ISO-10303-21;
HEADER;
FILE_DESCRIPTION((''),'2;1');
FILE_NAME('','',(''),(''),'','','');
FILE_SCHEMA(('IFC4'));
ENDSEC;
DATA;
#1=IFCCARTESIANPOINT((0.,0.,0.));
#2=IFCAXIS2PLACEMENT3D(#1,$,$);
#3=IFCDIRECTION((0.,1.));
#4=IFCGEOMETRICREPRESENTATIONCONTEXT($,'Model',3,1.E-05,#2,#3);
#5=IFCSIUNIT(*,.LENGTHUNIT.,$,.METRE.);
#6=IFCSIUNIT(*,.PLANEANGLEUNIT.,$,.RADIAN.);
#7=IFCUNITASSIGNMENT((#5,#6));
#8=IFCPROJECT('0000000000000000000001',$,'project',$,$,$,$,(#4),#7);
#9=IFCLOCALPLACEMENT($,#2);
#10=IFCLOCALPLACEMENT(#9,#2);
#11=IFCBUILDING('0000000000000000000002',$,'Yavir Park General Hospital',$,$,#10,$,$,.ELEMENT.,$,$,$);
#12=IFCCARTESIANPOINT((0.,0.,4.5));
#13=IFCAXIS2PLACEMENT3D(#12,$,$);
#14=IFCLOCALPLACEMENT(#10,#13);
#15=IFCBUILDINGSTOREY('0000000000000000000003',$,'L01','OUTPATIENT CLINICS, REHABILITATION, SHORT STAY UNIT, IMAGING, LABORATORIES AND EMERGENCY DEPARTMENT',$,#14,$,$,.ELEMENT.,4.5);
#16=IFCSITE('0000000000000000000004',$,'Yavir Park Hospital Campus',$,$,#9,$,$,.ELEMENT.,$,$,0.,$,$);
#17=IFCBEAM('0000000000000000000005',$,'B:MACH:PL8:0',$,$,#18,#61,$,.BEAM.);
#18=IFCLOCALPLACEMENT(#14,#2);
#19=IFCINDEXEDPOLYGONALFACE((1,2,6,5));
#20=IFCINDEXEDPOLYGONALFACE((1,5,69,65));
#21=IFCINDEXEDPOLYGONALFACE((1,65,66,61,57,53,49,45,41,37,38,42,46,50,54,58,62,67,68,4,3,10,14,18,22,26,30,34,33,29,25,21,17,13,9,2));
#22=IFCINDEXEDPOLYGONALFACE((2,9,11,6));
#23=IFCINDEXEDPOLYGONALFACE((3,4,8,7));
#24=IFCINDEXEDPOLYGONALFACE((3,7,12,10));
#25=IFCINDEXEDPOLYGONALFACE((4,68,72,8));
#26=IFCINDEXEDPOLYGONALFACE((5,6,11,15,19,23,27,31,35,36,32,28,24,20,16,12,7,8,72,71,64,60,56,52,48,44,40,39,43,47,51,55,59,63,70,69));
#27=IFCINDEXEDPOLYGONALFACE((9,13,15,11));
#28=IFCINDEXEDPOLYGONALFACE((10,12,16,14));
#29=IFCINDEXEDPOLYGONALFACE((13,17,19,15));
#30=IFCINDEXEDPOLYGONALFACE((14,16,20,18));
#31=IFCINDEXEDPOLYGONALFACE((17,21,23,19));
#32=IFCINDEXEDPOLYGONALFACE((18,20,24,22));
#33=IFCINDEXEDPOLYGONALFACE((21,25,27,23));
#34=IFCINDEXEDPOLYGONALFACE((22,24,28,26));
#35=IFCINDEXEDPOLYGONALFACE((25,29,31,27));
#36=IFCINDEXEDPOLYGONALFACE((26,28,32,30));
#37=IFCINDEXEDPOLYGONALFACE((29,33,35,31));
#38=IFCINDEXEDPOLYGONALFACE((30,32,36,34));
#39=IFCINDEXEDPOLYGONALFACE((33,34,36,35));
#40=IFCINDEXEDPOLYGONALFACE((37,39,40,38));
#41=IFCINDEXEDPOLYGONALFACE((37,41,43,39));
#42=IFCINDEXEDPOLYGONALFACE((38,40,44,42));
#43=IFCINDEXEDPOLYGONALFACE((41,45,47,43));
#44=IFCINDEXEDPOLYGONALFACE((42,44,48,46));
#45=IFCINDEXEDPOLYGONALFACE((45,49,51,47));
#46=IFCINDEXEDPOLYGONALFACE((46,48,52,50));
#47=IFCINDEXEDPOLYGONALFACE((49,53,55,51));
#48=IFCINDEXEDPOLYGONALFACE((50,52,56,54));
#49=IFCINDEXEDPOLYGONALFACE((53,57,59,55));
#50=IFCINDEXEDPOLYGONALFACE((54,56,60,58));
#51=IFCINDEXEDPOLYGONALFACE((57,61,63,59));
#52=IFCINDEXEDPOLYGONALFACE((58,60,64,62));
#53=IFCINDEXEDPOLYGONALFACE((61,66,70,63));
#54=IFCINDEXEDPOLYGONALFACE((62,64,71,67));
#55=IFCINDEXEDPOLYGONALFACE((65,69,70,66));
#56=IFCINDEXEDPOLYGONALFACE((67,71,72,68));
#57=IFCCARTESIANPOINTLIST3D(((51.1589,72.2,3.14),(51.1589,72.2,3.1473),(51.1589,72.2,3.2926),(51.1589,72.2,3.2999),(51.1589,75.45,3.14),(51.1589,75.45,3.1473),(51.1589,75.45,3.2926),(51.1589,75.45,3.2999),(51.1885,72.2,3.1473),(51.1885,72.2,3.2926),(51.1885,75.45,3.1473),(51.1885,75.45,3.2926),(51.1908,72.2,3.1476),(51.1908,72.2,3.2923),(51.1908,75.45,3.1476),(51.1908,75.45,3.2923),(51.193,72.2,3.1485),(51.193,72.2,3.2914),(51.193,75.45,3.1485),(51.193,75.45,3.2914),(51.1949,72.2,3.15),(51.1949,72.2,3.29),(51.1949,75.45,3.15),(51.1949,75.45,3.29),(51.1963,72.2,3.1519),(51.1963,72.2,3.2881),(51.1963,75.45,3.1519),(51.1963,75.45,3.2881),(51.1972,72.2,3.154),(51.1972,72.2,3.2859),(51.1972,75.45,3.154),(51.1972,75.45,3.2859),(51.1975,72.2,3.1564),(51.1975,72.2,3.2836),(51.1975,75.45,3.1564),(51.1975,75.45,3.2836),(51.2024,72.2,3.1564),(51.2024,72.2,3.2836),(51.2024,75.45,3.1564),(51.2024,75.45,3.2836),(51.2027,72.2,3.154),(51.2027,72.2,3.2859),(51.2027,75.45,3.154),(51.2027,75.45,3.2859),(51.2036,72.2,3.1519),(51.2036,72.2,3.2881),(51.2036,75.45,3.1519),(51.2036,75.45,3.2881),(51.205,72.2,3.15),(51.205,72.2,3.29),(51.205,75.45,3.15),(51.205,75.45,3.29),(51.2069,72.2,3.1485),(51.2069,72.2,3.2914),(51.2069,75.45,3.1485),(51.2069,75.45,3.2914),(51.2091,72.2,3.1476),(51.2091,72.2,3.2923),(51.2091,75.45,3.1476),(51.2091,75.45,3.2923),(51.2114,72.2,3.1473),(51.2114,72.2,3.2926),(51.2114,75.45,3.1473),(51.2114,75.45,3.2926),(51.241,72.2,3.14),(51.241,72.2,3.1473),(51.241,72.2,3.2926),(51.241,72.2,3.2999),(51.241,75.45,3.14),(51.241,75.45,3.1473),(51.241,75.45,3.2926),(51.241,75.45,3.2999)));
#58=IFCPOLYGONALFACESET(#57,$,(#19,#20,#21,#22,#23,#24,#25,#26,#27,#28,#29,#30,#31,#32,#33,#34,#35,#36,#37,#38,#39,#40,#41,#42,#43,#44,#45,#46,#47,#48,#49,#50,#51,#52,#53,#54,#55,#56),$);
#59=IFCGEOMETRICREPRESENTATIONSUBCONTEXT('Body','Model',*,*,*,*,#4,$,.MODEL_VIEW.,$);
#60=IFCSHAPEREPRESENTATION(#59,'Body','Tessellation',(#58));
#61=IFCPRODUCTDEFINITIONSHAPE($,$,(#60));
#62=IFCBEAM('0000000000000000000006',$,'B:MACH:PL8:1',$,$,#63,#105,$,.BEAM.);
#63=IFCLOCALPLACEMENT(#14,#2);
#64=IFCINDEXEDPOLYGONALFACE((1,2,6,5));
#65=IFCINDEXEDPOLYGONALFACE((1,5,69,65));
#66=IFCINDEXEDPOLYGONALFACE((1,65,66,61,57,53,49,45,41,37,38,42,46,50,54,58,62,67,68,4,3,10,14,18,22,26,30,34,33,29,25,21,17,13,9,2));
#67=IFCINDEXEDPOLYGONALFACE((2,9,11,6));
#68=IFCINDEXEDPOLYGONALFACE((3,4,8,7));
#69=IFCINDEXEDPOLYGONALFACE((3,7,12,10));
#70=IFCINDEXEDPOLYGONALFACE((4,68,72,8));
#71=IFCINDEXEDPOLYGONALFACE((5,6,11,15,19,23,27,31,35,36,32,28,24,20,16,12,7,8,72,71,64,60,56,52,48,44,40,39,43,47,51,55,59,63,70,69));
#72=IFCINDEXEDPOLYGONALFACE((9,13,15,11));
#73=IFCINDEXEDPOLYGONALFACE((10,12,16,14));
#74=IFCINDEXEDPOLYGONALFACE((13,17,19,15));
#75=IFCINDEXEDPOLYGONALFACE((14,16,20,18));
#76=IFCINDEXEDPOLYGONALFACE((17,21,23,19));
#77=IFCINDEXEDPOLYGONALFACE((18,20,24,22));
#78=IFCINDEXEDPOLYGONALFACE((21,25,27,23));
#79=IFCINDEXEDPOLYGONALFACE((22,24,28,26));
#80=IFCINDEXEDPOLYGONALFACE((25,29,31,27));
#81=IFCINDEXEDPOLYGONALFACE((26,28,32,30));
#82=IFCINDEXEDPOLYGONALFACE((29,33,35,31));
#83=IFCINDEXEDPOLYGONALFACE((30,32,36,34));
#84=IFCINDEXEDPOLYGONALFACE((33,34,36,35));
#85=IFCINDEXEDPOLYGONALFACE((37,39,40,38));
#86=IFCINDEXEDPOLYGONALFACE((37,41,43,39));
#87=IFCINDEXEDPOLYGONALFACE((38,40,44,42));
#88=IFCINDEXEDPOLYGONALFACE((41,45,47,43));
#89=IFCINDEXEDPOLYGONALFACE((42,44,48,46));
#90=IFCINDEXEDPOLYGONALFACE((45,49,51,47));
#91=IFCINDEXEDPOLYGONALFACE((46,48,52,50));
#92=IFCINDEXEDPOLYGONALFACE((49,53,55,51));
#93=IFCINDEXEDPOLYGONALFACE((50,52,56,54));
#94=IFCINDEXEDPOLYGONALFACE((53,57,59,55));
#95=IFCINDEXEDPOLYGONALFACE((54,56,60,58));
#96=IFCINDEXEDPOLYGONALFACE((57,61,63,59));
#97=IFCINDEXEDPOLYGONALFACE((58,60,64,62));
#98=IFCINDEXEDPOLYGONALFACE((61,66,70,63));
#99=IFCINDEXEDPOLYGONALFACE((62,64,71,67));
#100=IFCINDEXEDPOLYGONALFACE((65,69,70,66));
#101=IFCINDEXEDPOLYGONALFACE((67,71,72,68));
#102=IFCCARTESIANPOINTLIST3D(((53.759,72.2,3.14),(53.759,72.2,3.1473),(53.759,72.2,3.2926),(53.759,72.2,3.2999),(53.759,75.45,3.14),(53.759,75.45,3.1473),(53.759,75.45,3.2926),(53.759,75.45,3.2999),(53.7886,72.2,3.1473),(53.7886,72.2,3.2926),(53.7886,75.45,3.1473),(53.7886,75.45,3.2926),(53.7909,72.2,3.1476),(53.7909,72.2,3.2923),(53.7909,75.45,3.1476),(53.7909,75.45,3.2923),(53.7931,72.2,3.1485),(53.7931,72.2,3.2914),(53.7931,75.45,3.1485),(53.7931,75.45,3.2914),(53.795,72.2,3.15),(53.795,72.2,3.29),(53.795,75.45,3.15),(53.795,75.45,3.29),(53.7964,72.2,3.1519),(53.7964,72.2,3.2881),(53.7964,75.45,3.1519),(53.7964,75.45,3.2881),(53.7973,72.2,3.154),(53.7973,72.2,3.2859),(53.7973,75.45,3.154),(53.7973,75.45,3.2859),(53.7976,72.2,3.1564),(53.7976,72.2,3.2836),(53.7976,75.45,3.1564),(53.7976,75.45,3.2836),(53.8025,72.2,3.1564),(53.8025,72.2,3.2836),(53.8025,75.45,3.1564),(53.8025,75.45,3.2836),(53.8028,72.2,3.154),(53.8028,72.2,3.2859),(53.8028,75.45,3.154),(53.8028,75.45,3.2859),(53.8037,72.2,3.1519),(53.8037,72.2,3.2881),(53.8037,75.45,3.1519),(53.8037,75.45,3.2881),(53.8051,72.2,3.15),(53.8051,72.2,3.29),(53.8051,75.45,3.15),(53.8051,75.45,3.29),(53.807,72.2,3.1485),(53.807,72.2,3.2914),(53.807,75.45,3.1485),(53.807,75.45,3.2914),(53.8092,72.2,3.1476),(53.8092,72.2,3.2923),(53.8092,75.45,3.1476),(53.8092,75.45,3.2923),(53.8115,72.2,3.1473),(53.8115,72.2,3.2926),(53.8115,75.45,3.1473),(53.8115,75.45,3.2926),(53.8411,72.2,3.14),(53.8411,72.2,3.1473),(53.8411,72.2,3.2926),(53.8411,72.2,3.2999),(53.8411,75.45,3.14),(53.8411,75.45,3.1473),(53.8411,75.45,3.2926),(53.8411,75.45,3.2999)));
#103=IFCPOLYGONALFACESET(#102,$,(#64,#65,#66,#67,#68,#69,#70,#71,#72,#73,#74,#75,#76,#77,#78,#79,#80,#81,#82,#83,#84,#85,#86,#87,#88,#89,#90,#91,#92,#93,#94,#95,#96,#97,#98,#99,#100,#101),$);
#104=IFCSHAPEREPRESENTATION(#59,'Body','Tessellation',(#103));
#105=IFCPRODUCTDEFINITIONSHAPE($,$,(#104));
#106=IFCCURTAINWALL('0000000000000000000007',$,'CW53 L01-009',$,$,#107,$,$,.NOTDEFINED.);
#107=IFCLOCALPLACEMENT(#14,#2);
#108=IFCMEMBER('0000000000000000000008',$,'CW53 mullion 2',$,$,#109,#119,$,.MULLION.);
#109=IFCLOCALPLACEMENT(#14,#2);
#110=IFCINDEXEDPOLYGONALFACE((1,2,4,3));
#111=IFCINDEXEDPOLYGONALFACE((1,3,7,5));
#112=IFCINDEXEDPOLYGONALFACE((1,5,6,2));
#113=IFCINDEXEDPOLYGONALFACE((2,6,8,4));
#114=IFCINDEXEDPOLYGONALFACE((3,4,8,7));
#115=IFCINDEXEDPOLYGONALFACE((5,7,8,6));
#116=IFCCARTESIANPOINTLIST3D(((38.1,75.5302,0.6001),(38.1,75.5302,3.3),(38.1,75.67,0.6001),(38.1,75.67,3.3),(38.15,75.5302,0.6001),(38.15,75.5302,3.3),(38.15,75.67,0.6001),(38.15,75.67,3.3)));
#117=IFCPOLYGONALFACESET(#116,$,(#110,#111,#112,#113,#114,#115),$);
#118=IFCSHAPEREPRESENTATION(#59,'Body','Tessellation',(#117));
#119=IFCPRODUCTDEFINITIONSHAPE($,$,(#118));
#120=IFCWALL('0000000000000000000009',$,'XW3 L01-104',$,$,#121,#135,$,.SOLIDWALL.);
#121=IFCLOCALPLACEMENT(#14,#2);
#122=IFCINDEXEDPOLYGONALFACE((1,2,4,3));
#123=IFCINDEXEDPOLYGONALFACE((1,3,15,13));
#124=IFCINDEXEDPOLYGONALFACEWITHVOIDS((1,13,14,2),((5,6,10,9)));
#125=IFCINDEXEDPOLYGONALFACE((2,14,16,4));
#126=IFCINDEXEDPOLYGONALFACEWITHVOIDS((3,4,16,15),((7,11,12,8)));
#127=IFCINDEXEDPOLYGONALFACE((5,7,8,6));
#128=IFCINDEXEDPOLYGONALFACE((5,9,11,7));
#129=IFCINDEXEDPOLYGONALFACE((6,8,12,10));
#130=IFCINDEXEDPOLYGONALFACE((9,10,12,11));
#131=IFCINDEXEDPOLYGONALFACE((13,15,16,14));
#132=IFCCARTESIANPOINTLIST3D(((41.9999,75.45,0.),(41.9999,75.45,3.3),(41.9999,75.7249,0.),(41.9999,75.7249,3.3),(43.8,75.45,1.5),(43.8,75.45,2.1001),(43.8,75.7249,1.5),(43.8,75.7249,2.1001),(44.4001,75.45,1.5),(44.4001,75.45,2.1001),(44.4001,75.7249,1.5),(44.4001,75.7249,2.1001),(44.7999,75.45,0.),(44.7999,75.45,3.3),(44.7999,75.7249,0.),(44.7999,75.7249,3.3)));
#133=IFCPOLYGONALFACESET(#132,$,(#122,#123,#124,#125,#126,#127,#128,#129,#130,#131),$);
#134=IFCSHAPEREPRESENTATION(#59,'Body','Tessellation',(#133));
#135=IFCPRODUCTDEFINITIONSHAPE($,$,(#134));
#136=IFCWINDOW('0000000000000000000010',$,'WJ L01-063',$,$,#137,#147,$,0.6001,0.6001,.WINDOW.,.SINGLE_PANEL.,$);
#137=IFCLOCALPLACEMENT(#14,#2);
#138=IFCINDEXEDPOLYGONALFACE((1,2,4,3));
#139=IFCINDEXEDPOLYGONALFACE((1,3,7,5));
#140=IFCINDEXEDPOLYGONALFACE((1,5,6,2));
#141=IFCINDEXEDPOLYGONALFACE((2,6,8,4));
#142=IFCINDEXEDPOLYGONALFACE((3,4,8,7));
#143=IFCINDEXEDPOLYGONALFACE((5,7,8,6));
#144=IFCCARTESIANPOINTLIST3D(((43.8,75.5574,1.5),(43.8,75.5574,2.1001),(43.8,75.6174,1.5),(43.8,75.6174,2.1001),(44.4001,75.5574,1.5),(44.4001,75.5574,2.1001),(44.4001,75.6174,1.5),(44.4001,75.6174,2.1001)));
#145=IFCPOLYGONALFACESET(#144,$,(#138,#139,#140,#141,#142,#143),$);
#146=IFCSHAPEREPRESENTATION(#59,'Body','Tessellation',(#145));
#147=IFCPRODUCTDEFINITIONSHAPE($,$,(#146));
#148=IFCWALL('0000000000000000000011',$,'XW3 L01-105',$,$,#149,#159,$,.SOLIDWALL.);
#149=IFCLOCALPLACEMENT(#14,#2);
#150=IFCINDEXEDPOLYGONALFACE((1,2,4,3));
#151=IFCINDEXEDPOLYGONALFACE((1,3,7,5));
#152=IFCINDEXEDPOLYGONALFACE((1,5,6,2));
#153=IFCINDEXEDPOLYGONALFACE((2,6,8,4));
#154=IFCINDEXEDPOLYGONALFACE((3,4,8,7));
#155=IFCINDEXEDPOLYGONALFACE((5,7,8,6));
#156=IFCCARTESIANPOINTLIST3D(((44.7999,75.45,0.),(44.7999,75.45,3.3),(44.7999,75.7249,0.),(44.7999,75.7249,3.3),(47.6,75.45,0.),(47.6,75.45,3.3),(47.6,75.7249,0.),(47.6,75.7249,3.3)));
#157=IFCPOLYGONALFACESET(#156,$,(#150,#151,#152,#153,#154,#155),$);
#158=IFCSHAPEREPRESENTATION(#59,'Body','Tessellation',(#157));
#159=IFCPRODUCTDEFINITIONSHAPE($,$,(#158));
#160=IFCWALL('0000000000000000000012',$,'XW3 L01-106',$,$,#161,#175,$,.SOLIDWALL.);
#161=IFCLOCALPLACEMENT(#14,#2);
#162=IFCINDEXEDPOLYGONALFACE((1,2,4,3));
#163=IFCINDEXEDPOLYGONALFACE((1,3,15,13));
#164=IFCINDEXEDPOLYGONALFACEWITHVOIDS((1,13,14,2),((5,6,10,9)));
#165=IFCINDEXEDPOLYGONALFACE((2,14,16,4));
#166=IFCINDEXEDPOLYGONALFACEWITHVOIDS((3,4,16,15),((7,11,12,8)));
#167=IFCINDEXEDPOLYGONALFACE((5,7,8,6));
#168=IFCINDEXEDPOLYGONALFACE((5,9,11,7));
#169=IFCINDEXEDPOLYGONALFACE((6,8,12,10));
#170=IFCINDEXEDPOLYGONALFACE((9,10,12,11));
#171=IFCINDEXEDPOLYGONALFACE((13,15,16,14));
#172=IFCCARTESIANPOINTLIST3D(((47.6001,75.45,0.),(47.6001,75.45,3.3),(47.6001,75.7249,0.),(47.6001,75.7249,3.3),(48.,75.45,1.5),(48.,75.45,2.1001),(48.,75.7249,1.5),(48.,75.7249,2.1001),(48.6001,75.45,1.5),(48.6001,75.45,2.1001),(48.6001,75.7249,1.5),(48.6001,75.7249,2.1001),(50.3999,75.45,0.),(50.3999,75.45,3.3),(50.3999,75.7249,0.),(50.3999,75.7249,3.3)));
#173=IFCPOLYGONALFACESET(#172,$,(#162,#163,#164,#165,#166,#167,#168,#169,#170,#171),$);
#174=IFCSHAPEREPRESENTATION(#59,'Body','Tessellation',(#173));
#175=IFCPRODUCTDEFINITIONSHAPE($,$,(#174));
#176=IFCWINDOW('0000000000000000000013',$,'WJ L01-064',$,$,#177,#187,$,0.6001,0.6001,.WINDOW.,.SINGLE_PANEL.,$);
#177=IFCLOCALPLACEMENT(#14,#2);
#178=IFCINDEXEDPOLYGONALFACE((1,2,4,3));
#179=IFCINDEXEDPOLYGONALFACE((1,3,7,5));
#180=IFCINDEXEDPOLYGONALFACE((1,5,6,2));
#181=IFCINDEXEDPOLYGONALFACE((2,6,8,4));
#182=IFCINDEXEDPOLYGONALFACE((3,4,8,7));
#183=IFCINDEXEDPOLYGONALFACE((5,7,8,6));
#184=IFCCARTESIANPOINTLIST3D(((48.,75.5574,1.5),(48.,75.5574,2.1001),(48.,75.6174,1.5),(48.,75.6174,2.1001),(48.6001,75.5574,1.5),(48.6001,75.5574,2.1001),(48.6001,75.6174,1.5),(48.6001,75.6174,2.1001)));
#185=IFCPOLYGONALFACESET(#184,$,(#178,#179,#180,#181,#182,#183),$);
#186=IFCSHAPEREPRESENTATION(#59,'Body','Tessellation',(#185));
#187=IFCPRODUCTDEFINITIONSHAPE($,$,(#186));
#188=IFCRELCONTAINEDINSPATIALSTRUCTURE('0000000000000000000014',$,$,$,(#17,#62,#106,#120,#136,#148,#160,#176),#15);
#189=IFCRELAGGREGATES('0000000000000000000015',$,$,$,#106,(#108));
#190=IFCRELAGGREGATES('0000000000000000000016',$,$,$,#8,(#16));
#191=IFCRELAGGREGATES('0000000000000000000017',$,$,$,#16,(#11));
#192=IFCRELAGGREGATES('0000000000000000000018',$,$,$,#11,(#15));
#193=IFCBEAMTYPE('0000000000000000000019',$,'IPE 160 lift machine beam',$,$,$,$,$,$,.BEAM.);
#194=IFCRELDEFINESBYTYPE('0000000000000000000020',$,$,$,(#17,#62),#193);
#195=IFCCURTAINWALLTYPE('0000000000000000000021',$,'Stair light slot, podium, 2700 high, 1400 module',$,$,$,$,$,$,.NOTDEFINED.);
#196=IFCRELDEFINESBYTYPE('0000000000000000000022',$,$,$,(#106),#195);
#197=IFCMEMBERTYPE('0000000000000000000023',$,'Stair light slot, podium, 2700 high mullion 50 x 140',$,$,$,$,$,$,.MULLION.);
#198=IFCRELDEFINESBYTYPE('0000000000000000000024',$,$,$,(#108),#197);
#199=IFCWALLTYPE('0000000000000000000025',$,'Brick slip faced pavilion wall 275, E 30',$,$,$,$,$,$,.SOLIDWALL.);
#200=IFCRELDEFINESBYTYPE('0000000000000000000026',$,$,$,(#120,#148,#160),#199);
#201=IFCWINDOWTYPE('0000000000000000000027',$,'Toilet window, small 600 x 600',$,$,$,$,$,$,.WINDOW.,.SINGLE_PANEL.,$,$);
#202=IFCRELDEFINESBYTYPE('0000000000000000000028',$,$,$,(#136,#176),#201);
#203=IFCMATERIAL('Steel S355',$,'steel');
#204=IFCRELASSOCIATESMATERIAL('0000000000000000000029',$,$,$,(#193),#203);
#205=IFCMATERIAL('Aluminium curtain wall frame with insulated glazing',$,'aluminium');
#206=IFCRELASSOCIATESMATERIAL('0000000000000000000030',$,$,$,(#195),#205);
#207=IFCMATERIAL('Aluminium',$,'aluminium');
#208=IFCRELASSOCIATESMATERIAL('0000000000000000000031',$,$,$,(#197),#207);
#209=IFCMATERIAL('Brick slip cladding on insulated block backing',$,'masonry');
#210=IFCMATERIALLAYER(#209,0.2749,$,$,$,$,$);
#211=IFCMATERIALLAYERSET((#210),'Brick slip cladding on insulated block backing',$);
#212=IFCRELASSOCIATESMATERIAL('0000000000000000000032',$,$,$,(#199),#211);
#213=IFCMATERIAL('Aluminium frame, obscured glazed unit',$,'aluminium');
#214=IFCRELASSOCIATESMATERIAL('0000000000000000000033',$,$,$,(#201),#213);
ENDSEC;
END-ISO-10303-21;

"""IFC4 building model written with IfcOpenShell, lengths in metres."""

from ifc_helpers import new_model, si_unit, direction, frame, frame_2d, origin, origin_2d, place, context, subcontext, project, spatial, rectangle, i_section, extrude, material, layer, layer_set, material_profile, profile_set, type_object, element, fill, aggregate, save


model = new_model("IFC4")

# Units and contexts
model_context = context("Model", 3, precision=1e-05, world=origin(), true_north=direction((0.0, 1.0)))
body_context = subcontext(model_context, "Body", "Model", "MODEL_VIEW")
ifc_project = project(units=[si_unit("LENGTHUNIT", "METRE"), si_unit("PLANEANGLEUNIT", "RADIAN")], contexts=[model_context])

# Site, building, storey
site_placement = place(None, origin())
site = spatial("IfcSite", under=ifc_project, at=site_placement, Name="Yavir Park Hospital Campus", CompositionType="ELEMENT", RefElevation=0.0)
building_placement = place(site_placement, origin())
building = spatial("IfcBuilding", under=site, at=building_placement, Name="Yavir Park General Hospital", CompositionType="ELEMENT")
storey_placement = place(building_placement, frame((0.0, 0.0, 4.5)))
storey = spatial("IfcBuildingStorey", under=building, at=storey_placement, Name="L01", Description="OUTPATIENT CLINICS, REHABILITATION, SHORT STAY UNIT, IMAGING, LABORATORIES AND EMERGENCY DEPARTMENT", CompositionType="ELEMENT", Elevation=4.5)

# Beams
ifc_material_1 = material(Name="Steel S355", Category="steel")
ifc_material_profile_1 = material_profile(ifc_material_1, i_section(OverallWidth=0.082, OverallDepth=0.1599, WebThickness=0.0049, FlangeThickness=0.0073, FilletRadius=0.009, at=origin_2d()), Name="IPE160")
ifc_profile_set_1 = profile_set([ifc_material_profile_1], Name="Steel S355")
beam_type = type_object("IfcBeamType", Name="IPE 160 lift machine beam", PredefinedType="BEAM", material=ifc_profile_set_1)
for number, where, z_axis, x_axis, name in (
    (1, (51.2, 72.2, 3.22), (0.0, 1.0, 0.0), (-1.0, 0.0, 0.0), "B:MACH:PL8:0"),
    (2, (53.8, 72.2, 3.22), (0.0, 1.0, 0.0), (-1.0, 0.0, 0.0), "B:MACH:PL8:1"),
):
    element("IfcBeam", number, at=place(storey_placement, frame(where, z_axis=z_axis, x_axis=x_axis)), inside=storey, type_object=beam_type, Name=name, PredefinedType="BEAM", context=body_context, shape_type="SweptSolid", body=[
        extrude(i_section(OverallWidth=0.082, OverallDepth=0.1599, WebThickness=0.0049, FlangeThickness=0.0073, FilletRadius=0.009, at=origin_2d()), origin(), (0.0, 0.0, 1.0), 3.25),
    ])

# Curtain wall, member
ifc_material_2 = material(Name="Aluminium curtain wall frame with insulated glazing", Category="aluminium")
curtain_wall_type = type_object("IfcCurtainWallType", Name="Stair light slot, podium, 2700 high, 1400 module", PredefinedType="NOTDEFINED", material=ifc_material_2)
curtain_wall_placement = place(storey_placement, origin())
curtain_wall = element("IfcCurtainWall", 3, at=curtain_wall_placement, inside=storey, type_object=curtain_wall_type, Name="CW53 L01-009", PredefinedType="NOTDEFINED")
ifc_material_3 = material(Name="Aluminium", Category="aluminium")
ifc_material_profile_2 = material_profile(ifc_material_3, rectangle(XDim=0.1399, YDim=0.05, at=origin_2d()), Name="AL 50x140")
ifc_profile_set_2 = profile_set([ifc_material_profile_2], Name="Aluminium")
member_type = type_object("IfcMemberType", Name="Stair light slot, podium, 2700 high mullion 50 x 140", PredefinedType="MULLION", material=ifc_profile_set_2)
member_placement = place(storey_placement, frame((38.125, 75.6001, 0.6001), z_axis=(0.0, 0.0, 1.0), x_axis=(0.0, 1.0, 0.0)))
member = element("IfcMember", 4, at=member_placement, type_object=member_type, Name="CW53 mullion 2", PredefinedType="MULLION", context=body_context, shape_type="SweptSolid", body=[
    extrude(rectangle(XDim=0.1399, YDim=0.05, at=origin_2d()), origin(), (0.0, 0.0, 1.0), 2.7),
])
aggregate(curtain_wall, [member])

# Wall, opening, window
ifc_material_4 = material(Name="Brick slip cladding on insulated block backing", Category="masonry")
ifc_layer_1 = layer(ifc_material_4, 0.2749)
ifc_layer_set_1 = layer_set([ifc_layer_1], Name="Brick slip cladding on insulated block backing")
wall_type_1 = type_object("IfcWallType", Name="Brick slip faced pavilion wall 275, E 30", PredefinedType="SOLIDWALL", material=ifc_layer_set_1)
wall_1_placement = place(storey_placement, frame((42.0, 75.5874, 0.0), z_axis=(0.0, 0.0, 1.0), x_axis=(1.0, 0.0, 0.0)))
wall_1 = element("IfcWall", 5, at=wall_1_placement, inside=storey, type_object=wall_type_1, Name="XW3 L01-104", PredefinedType="SOLIDWALL", context=body_context, shape_type="SweptSolid", body=[
    extrude(rectangle(XDim=2.8, YDim=0.2749, at=frame_2d((1.3999, 0.0))), origin(), (0.0, 0.0, 1.0), 3.3),
])
opening_1_placement = place(wall_1_placement, frame((1.8, 0.0, 1.5)))
opening_1 = element("IfcOpeningElement", 6, at=opening_1_placement, cuts=wall_1, PredefinedType="OPENING", context=body_context, shape_type="SweptSolid", body=[
    extrude(rectangle(XDim=0.6001, YDim=0.6001, at=frame_2d((0.3, 0.3))), frame((0.0, 0.1475, 0.0), z_axis=(0.0, -1.0, 0.0), x_axis=(1.0, 0.0, 0.0)), (0.0, 0.0, 1.0), 0.2949),
])
ifc_material_5 = material(Name="Aluminium frame, obscured glazed unit", Category="aluminium")
window_type = type_object("IfcWindowType", Name="Toilet window, small 600 x 600", PartitioningType="SINGLE_PANEL", PredefinedType="WINDOW", material=ifc_material_5)
window_1_placement = place(opening_1_placement, origin())
window_1 = element("IfcWindow", 7, at=window_1_placement, inside=storey, type_object=window_type, Name="WJ L01-063", OverallHeight=0.6001, OverallWidth=0.6001, PartitioningType="SINGLE_PANEL", PredefinedType="WINDOW", context=body_context, shape_type="SweptSolid", body=[
    extrude(rectangle(XDim=0.6001, YDim=0.6001, at=frame_2d((0.3, 0.3))), frame((0.0, 0.03, 0.0), z_axis=(0.0, -1.0, 0.0), x_axis=(1.0, 0.0, 0.0)), (0.0, 0.0, 1.0), 0.0601),
])
fill(opening_1, window_1)

# Wall
wall_2_placement = place(storey_placement, frame((44.8, 75.5874, 0.0), z_axis=(0.0, 0.0, 1.0), x_axis=(1.0, 0.0, 0.0)))
element("IfcWall", 8, at=wall_2_placement, inside=storey, type_object=wall_type_1, Name="XW3 L01-105", PredefinedType="SOLIDWALL", context=body_context, shape_type="SweptSolid", body=[
    extrude(rectangle(XDim=2.8, YDim=0.2749, at=frame_2d((1.3999, 0.0))), origin(), (0.0, 0.0, 1.0), 3.3),
])

# Wall, opening, window
wall_3_placement = place(storey_placement, frame((47.6001, 75.5874, 0.0), z_axis=(0.0, 0.0, 1.0), x_axis=(1.0, 0.0, 0.0)))
wall_3 = element("IfcWall", 9, at=wall_3_placement, inside=storey, type_object=wall_type_1, Name="XW3 L01-106", PredefinedType="SOLIDWALL", context=body_context, shape_type="SweptSolid", body=[
    extrude(rectangle(XDim=2.7998, YDim=0.2749, at=frame_2d((1.3999, 0.0))), origin(), (0.0, 0.0, 1.0), 3.3),
])
opening_2_placement = place(wall_3_placement, frame((0.3999, 0.0, 1.5)))
opening_2 = element("IfcOpeningElement", 10, at=opening_2_placement, cuts=wall_3, PredefinedType="OPENING", context=body_context, shape_type="SweptSolid", body=[
    extrude(rectangle(XDim=0.6001, YDim=0.6001, at=frame_2d((0.3, 0.3))), frame((0.0, 0.1475, 0.0), z_axis=(0.0, -1.0, 0.0), x_axis=(1.0, 0.0, 0.0)), (0.0, 0.0, 1.0), 0.2949),
])
window_2_placement = place(opening_2_placement, origin())
window_2 = element("IfcWindow", 11, at=window_2_placement, inside=storey, type_object=window_type, Name="WJ L01-064", OverallHeight=0.6001, OverallWidth=0.6001, PartitioningType="SINGLE_PANEL", PredefinedType="WINDOW", context=body_context, shape_type="SweptSolid", body=[
    extrude(rectangle(XDim=0.6001, YDim=0.6001, at=frame_2d((0.3, 0.3))), frame((0.0, 0.03, 0.0), z_axis=(0.0, -1.0, 0.0), x_axis=(1.0, 0.0, 0.0)), (0.0, 0.0, 1.0), 0.0601),
])
fill(opening_2, window_2)

save(model, "model.ifc")
